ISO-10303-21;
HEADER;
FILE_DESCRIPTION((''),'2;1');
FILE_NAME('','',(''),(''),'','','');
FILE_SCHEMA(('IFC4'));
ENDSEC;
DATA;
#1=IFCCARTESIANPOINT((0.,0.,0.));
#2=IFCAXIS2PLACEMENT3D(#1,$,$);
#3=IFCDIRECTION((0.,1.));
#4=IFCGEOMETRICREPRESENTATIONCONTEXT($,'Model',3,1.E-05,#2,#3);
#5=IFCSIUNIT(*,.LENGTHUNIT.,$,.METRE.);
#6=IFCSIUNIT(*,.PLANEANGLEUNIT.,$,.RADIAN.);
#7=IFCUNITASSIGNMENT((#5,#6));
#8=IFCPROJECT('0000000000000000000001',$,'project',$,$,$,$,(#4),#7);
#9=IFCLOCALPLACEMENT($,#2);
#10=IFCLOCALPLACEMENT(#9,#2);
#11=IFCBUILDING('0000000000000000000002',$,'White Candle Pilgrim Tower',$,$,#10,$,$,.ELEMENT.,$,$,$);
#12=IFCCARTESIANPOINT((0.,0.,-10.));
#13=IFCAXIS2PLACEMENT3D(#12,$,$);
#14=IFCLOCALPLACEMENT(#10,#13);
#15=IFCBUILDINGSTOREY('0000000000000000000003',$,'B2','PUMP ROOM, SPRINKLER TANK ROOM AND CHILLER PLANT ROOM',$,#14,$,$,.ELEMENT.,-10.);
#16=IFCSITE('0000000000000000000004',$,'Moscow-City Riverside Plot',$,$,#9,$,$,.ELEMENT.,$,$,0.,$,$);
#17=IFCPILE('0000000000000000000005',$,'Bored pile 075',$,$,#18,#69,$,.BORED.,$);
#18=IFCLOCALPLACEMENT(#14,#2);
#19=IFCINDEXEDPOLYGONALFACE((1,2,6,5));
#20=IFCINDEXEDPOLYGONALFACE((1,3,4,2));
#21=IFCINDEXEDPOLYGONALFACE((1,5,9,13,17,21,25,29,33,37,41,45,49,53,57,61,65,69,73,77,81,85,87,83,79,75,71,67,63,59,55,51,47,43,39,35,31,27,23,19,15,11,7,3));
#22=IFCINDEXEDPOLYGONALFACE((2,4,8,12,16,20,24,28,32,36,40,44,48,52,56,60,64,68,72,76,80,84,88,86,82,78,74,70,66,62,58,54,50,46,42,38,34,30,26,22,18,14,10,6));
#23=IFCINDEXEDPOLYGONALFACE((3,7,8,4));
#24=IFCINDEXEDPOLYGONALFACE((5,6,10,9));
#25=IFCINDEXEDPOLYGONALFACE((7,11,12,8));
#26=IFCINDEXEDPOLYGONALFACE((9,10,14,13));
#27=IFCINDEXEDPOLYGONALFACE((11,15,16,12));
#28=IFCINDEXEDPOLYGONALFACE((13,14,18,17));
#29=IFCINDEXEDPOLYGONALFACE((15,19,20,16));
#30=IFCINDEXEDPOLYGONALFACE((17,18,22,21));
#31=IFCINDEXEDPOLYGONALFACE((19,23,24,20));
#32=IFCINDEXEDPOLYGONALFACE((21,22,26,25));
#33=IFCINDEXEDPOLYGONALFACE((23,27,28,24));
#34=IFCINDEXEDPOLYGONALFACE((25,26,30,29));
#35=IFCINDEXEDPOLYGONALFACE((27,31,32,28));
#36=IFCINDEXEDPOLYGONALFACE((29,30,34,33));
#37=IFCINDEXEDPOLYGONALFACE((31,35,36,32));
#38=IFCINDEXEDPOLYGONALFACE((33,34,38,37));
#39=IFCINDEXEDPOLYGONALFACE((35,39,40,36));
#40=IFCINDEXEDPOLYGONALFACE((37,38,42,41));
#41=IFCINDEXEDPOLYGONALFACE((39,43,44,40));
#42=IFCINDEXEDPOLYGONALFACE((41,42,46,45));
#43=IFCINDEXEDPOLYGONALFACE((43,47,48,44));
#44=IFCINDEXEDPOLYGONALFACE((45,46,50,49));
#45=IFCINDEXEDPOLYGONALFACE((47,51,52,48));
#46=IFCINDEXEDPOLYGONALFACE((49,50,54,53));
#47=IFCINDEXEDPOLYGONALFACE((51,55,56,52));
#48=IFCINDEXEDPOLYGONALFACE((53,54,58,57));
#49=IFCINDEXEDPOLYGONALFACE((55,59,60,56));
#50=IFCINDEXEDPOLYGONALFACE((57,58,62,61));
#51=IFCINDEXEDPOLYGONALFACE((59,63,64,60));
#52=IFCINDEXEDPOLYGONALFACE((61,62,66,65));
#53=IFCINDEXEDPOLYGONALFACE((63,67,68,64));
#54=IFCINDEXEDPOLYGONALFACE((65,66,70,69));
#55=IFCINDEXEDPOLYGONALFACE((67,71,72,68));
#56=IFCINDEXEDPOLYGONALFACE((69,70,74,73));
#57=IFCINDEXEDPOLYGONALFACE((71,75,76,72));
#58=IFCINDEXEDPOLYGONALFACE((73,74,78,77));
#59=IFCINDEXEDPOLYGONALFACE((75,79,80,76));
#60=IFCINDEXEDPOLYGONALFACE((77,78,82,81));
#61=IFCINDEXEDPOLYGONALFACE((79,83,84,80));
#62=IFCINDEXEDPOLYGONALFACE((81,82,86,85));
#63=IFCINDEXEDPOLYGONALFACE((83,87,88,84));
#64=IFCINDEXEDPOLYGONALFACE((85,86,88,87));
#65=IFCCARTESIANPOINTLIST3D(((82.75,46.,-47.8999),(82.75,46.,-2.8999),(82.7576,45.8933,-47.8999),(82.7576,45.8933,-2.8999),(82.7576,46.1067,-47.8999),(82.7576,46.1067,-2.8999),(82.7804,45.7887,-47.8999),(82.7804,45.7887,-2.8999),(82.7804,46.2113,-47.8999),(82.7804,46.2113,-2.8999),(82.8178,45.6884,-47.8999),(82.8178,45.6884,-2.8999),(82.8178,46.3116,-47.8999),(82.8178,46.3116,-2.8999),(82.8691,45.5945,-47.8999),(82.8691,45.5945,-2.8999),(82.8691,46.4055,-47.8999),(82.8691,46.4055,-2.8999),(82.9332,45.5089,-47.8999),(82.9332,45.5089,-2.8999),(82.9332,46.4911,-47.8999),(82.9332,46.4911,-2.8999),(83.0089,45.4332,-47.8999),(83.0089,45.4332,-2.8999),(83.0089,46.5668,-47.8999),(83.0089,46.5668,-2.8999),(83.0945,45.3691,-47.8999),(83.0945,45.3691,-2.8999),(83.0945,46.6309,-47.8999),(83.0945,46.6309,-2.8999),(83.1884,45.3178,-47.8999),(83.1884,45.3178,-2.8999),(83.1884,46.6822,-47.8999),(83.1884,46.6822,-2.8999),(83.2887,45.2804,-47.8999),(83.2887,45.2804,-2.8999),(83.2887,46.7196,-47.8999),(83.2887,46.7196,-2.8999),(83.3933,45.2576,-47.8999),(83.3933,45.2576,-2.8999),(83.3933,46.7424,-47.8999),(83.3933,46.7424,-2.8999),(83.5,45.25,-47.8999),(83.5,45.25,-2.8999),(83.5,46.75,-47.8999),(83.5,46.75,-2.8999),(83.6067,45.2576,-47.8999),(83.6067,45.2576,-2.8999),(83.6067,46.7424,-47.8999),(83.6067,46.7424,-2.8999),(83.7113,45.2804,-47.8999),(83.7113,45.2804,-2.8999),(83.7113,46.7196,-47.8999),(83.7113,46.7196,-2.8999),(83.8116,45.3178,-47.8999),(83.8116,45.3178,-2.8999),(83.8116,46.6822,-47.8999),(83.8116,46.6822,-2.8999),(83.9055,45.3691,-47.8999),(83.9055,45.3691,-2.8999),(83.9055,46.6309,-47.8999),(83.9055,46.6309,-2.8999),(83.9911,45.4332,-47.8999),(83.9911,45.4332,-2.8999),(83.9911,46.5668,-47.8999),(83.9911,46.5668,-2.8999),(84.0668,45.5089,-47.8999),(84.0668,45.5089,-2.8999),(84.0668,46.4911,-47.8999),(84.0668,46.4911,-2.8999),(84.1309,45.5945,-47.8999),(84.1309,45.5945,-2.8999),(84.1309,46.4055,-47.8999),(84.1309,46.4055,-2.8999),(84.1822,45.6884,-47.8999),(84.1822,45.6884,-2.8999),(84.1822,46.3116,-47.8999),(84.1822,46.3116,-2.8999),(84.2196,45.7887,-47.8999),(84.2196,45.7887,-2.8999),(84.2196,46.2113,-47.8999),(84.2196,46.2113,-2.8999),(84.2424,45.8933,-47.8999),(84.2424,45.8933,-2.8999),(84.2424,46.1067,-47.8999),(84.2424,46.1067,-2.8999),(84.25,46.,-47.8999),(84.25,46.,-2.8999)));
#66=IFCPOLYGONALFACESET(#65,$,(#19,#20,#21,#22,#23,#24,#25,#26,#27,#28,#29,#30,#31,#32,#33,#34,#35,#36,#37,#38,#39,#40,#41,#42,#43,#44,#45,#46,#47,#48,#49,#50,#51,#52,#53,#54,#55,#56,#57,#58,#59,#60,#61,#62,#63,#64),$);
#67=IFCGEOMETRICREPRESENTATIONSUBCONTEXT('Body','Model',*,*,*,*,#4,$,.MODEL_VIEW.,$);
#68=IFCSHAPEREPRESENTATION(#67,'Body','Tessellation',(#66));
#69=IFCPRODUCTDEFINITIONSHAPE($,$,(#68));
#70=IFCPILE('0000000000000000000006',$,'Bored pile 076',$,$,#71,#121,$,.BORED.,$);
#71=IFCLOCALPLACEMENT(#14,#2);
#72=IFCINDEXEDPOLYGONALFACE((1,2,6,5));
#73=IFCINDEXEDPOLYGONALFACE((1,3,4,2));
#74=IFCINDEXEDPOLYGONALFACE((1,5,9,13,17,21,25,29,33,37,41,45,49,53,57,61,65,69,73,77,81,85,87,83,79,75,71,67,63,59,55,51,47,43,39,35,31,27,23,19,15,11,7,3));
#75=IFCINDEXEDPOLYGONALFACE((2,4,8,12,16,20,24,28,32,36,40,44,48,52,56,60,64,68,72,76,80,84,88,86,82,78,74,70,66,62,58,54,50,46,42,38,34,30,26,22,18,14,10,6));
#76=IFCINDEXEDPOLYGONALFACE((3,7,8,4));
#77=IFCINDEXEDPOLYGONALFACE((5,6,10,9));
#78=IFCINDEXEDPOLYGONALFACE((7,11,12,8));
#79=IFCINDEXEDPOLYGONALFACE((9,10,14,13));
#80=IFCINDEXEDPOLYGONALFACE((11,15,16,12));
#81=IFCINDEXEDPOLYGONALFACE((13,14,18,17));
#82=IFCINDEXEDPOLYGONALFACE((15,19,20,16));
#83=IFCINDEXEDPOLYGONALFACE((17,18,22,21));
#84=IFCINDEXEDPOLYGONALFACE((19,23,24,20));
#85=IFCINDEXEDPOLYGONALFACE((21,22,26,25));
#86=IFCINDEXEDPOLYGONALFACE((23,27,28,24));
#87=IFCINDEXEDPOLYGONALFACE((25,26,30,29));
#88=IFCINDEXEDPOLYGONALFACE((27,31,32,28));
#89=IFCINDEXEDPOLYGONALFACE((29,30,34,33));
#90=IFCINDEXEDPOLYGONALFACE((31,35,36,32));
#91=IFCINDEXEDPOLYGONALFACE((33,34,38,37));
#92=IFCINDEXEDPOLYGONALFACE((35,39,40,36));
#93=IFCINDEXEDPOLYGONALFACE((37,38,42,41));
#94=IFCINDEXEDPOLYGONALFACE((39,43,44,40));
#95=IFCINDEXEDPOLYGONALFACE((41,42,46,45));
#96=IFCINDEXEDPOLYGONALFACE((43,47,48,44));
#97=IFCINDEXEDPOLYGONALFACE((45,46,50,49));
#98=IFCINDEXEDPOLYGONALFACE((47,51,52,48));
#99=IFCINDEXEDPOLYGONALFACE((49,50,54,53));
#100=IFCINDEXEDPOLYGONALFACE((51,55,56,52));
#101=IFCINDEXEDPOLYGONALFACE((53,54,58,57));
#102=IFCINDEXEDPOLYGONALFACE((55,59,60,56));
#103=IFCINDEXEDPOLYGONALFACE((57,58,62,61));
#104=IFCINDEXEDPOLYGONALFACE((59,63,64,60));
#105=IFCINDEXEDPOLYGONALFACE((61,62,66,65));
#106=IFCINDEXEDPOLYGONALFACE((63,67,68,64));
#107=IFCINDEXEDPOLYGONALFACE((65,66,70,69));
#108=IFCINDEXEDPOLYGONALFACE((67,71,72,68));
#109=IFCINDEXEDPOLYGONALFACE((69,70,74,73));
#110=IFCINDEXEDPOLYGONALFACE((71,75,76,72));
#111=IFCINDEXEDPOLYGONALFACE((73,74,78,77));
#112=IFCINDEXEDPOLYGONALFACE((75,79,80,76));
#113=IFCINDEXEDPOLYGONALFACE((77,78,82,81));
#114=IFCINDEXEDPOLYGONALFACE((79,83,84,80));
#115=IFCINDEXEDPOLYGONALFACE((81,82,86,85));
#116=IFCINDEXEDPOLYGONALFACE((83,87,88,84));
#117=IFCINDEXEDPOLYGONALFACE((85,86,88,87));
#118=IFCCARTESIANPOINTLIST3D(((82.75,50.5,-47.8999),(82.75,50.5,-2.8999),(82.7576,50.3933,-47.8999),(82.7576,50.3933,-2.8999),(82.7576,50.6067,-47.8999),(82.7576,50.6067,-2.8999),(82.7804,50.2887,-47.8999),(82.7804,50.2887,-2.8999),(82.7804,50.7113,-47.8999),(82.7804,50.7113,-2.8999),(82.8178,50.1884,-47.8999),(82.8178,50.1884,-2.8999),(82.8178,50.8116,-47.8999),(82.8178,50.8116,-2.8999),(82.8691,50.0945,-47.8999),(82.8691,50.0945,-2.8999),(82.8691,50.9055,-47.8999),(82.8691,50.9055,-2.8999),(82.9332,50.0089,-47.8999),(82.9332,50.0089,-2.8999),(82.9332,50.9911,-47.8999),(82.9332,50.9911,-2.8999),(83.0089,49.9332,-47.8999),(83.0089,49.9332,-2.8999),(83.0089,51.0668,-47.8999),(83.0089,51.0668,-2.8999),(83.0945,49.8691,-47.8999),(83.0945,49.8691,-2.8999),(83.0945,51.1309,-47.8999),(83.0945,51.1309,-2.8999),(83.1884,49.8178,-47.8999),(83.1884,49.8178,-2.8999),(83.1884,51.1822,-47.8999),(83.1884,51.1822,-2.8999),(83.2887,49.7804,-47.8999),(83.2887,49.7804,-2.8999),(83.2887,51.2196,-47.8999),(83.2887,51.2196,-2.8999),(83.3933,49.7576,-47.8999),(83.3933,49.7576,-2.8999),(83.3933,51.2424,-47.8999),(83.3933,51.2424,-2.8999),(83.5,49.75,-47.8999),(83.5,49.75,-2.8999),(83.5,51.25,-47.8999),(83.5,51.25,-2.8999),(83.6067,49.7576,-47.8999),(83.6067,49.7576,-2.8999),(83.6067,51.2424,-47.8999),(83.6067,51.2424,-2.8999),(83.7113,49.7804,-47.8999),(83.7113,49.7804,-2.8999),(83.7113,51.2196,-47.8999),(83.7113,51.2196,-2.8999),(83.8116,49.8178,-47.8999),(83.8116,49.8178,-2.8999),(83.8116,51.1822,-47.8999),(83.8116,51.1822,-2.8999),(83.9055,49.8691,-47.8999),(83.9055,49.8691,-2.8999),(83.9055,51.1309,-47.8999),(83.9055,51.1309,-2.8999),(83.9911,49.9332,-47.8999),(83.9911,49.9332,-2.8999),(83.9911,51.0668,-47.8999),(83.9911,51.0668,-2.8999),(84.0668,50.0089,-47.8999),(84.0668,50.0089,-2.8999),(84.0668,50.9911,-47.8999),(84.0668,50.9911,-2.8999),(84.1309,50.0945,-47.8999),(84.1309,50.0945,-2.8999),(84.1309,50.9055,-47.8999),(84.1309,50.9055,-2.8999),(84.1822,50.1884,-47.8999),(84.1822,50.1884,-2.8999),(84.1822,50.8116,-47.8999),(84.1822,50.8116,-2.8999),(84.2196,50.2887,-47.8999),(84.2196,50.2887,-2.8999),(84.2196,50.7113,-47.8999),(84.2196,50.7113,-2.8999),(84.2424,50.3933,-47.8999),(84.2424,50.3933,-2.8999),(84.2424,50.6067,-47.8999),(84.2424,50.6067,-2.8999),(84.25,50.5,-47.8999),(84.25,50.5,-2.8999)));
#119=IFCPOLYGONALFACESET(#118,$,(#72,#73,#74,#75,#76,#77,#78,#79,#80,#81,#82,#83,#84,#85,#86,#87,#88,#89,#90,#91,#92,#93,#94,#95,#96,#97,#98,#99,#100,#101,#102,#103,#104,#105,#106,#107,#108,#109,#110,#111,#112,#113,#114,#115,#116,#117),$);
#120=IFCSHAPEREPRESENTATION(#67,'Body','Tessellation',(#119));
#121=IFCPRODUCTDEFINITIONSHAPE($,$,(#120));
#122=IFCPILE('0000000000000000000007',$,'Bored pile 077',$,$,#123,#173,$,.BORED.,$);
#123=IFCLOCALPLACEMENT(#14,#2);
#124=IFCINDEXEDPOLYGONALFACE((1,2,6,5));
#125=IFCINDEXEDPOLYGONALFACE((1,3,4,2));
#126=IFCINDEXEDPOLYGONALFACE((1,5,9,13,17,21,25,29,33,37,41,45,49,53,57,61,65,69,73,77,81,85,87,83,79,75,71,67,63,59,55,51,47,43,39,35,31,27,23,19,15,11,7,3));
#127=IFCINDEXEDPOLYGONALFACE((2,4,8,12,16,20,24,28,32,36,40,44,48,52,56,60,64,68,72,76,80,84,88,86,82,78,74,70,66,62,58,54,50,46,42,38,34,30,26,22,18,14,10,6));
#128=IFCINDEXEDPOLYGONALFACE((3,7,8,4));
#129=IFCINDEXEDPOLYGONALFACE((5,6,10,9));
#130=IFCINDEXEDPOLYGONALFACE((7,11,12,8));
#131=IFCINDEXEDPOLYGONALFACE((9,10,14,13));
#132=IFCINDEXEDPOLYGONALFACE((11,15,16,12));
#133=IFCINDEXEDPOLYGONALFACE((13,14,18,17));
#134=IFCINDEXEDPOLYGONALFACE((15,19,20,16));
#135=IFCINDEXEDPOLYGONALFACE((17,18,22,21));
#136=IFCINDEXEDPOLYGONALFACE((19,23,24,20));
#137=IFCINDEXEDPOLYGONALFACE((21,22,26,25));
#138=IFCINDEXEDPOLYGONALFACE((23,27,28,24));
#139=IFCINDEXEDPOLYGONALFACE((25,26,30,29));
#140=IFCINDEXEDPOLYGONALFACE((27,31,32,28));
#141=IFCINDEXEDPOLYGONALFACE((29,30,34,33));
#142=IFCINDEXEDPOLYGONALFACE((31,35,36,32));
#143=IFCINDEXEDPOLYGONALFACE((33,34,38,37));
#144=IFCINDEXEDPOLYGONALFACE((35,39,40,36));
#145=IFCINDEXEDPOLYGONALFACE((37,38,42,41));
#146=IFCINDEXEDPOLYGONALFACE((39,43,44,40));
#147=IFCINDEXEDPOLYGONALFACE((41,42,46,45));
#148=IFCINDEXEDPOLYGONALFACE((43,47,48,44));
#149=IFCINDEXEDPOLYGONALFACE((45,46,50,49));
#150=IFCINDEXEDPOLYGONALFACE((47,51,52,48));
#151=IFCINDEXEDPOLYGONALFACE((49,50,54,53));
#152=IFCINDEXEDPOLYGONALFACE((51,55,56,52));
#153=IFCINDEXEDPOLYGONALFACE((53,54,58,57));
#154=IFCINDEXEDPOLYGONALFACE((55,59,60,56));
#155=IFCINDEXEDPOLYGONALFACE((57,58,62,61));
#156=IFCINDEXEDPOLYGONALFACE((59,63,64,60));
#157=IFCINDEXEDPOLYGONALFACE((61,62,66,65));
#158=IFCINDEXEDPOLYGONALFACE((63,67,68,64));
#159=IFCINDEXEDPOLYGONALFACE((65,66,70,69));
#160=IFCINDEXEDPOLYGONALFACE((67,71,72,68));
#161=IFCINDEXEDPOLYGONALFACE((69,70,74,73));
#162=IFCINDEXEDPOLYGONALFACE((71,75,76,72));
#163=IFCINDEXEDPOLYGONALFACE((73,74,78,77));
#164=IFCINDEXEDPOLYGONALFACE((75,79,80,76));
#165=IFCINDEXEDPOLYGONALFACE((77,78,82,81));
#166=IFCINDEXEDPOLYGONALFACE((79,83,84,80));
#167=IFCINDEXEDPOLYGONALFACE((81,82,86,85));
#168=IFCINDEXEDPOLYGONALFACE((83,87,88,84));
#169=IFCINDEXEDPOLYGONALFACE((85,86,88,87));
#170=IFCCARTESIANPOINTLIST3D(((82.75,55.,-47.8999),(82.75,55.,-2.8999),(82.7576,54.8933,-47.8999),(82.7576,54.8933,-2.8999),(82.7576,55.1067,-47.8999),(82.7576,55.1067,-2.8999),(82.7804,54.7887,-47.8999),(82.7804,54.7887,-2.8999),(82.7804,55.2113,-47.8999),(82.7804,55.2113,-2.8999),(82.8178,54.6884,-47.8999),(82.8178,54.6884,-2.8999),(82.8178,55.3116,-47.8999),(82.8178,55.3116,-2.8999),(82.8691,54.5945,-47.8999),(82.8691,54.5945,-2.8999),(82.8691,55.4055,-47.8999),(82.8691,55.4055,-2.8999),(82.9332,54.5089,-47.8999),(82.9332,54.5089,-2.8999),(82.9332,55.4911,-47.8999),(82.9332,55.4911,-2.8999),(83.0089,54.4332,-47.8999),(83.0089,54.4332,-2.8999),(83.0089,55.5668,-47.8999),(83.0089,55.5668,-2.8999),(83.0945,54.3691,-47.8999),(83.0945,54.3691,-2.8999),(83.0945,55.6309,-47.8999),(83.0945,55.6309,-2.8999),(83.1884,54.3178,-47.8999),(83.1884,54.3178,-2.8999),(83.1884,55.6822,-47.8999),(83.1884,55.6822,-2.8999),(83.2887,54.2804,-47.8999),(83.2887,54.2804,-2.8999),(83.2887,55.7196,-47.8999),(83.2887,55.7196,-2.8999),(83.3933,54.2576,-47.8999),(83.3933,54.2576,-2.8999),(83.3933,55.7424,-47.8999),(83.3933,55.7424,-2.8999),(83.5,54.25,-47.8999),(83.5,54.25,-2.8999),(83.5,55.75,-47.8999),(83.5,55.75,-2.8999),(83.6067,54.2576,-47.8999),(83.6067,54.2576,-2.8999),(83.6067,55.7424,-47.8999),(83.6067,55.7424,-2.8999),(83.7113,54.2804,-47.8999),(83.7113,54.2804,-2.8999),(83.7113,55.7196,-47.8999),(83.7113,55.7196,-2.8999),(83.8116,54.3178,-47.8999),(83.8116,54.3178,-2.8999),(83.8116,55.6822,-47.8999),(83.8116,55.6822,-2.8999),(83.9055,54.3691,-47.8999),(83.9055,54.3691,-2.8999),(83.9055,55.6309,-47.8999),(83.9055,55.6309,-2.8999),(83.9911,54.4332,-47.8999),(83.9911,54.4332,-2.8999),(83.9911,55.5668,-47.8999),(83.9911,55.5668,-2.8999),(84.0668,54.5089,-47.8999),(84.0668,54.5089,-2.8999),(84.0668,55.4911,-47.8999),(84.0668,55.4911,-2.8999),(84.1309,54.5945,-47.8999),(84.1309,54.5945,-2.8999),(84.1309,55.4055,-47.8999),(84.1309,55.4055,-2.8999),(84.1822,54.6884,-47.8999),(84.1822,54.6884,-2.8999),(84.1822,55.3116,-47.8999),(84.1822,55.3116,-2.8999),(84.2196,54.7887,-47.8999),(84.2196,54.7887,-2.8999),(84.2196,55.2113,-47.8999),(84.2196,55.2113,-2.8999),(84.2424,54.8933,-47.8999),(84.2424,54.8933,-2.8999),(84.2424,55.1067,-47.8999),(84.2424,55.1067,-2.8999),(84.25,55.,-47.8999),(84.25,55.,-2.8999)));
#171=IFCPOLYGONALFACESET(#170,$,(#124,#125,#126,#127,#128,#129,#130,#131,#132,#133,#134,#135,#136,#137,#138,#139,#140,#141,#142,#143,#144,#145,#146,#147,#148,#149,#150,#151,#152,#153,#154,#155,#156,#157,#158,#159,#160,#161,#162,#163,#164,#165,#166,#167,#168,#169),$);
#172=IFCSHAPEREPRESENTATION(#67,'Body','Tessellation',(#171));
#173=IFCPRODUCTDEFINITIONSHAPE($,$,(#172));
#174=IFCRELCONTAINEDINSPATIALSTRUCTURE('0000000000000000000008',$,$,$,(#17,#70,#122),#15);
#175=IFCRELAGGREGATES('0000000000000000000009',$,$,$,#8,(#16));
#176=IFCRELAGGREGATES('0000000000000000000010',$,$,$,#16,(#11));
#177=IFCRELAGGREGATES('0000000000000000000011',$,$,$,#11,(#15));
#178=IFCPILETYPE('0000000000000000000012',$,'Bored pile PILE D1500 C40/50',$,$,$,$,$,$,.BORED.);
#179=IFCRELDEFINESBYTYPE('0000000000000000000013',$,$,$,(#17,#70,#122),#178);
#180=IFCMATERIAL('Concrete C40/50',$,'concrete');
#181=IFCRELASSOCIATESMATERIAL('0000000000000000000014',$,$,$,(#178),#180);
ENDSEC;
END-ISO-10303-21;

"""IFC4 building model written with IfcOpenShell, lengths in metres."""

from ifc_helpers import new_model, si_unit, direction, frame, origin, origin_2d, place, context, subcontext, project, spatial, circle, extrude, material, material_profile, profile_set, type_object, element, save


model = new_model("IFC4")

# Units and contexts
model_context = context("Model", 3, precision=1e-05, world=origin(), true_north=direction((0.0, 1.0)))
body_context = subcontext(model_context, "Body", "Model", "MODEL_VIEW")
ifc_project = project(units=[si_unit("LENGTHUNIT", "METRE"), si_unit("PLANEANGLEUNIT", "RADIAN")], contexts=[model_context])

# Site, building, storey
site_placement = place(None, origin())
site = spatial("IfcSite", under=ifc_project, at=site_placement, Name="Moscow-City Riverside Plot", CompositionType="ELEMENT", RefElevation=0.0)
building_placement = place(site_placement, origin())
building = spatial("IfcBuilding", under=site, at=building_placement, Name="White Candle Pilgrim Tower", CompositionType="ELEMENT")
storey_placement = place(building_placement, frame((0.0, 0.0, -10.0)))
storey = spatial("IfcBuildingStorey", under=building, at=storey_placement, Name="B2", Description="PUMP ROOM, SPRINKLER TANK ROOM AND CHILLER PLANT ROOM", CompositionType="ELEMENT", Elevation=-10.0)

# Piles
ifc_material_1 = material(Name="Concrete C40/50", Category="concrete")
ifc_material_profile_1 = material_profile(ifc_material_1, circle(Radius=0.75, at=origin_2d()), Name="PILE D1500")
ifc_profile_set_1 = profile_set([ifc_material_profile_1], Name="Concrete C40/50")
pile_type = type_object("IfcPileType", Name="Bored pile PILE D1500 C40/50", PredefinedType="BORED", material=ifc_profile_set_1)
for number, where, z_axis, x_axis, name in (
    (1, (83.5, 46.0, -2.8999), (0.0, 0.0, -1.0), (1.0, 0.0, 0.0), "Bored pile 075"),
    (2, (83.5, 50.5, -2.8999), (0.0, 0.0, -1.0), (1.0, 0.0, 0.0), "Bored pile 076"),
    (3, (83.5, 55.0, -2.8999), (0.0, 0.0, -1.0), (1.0, 0.0, 0.0), "Bored pile 077"),
):
    element("IfcPile", number, at=place(storey_placement, frame(where, z_axis=z_axis, x_axis=x_axis)), inside=storey, type_object=pile_type, Name=name, PredefinedType="BORED", context=body_context, shape_type="SweptSolid", body=[
        extrude(circle(Radius=0.75, at=origin_2d()), origin(), (0.0, 0.0, 1.0), 45.0),
    ])

save(model, "model.ifc")
